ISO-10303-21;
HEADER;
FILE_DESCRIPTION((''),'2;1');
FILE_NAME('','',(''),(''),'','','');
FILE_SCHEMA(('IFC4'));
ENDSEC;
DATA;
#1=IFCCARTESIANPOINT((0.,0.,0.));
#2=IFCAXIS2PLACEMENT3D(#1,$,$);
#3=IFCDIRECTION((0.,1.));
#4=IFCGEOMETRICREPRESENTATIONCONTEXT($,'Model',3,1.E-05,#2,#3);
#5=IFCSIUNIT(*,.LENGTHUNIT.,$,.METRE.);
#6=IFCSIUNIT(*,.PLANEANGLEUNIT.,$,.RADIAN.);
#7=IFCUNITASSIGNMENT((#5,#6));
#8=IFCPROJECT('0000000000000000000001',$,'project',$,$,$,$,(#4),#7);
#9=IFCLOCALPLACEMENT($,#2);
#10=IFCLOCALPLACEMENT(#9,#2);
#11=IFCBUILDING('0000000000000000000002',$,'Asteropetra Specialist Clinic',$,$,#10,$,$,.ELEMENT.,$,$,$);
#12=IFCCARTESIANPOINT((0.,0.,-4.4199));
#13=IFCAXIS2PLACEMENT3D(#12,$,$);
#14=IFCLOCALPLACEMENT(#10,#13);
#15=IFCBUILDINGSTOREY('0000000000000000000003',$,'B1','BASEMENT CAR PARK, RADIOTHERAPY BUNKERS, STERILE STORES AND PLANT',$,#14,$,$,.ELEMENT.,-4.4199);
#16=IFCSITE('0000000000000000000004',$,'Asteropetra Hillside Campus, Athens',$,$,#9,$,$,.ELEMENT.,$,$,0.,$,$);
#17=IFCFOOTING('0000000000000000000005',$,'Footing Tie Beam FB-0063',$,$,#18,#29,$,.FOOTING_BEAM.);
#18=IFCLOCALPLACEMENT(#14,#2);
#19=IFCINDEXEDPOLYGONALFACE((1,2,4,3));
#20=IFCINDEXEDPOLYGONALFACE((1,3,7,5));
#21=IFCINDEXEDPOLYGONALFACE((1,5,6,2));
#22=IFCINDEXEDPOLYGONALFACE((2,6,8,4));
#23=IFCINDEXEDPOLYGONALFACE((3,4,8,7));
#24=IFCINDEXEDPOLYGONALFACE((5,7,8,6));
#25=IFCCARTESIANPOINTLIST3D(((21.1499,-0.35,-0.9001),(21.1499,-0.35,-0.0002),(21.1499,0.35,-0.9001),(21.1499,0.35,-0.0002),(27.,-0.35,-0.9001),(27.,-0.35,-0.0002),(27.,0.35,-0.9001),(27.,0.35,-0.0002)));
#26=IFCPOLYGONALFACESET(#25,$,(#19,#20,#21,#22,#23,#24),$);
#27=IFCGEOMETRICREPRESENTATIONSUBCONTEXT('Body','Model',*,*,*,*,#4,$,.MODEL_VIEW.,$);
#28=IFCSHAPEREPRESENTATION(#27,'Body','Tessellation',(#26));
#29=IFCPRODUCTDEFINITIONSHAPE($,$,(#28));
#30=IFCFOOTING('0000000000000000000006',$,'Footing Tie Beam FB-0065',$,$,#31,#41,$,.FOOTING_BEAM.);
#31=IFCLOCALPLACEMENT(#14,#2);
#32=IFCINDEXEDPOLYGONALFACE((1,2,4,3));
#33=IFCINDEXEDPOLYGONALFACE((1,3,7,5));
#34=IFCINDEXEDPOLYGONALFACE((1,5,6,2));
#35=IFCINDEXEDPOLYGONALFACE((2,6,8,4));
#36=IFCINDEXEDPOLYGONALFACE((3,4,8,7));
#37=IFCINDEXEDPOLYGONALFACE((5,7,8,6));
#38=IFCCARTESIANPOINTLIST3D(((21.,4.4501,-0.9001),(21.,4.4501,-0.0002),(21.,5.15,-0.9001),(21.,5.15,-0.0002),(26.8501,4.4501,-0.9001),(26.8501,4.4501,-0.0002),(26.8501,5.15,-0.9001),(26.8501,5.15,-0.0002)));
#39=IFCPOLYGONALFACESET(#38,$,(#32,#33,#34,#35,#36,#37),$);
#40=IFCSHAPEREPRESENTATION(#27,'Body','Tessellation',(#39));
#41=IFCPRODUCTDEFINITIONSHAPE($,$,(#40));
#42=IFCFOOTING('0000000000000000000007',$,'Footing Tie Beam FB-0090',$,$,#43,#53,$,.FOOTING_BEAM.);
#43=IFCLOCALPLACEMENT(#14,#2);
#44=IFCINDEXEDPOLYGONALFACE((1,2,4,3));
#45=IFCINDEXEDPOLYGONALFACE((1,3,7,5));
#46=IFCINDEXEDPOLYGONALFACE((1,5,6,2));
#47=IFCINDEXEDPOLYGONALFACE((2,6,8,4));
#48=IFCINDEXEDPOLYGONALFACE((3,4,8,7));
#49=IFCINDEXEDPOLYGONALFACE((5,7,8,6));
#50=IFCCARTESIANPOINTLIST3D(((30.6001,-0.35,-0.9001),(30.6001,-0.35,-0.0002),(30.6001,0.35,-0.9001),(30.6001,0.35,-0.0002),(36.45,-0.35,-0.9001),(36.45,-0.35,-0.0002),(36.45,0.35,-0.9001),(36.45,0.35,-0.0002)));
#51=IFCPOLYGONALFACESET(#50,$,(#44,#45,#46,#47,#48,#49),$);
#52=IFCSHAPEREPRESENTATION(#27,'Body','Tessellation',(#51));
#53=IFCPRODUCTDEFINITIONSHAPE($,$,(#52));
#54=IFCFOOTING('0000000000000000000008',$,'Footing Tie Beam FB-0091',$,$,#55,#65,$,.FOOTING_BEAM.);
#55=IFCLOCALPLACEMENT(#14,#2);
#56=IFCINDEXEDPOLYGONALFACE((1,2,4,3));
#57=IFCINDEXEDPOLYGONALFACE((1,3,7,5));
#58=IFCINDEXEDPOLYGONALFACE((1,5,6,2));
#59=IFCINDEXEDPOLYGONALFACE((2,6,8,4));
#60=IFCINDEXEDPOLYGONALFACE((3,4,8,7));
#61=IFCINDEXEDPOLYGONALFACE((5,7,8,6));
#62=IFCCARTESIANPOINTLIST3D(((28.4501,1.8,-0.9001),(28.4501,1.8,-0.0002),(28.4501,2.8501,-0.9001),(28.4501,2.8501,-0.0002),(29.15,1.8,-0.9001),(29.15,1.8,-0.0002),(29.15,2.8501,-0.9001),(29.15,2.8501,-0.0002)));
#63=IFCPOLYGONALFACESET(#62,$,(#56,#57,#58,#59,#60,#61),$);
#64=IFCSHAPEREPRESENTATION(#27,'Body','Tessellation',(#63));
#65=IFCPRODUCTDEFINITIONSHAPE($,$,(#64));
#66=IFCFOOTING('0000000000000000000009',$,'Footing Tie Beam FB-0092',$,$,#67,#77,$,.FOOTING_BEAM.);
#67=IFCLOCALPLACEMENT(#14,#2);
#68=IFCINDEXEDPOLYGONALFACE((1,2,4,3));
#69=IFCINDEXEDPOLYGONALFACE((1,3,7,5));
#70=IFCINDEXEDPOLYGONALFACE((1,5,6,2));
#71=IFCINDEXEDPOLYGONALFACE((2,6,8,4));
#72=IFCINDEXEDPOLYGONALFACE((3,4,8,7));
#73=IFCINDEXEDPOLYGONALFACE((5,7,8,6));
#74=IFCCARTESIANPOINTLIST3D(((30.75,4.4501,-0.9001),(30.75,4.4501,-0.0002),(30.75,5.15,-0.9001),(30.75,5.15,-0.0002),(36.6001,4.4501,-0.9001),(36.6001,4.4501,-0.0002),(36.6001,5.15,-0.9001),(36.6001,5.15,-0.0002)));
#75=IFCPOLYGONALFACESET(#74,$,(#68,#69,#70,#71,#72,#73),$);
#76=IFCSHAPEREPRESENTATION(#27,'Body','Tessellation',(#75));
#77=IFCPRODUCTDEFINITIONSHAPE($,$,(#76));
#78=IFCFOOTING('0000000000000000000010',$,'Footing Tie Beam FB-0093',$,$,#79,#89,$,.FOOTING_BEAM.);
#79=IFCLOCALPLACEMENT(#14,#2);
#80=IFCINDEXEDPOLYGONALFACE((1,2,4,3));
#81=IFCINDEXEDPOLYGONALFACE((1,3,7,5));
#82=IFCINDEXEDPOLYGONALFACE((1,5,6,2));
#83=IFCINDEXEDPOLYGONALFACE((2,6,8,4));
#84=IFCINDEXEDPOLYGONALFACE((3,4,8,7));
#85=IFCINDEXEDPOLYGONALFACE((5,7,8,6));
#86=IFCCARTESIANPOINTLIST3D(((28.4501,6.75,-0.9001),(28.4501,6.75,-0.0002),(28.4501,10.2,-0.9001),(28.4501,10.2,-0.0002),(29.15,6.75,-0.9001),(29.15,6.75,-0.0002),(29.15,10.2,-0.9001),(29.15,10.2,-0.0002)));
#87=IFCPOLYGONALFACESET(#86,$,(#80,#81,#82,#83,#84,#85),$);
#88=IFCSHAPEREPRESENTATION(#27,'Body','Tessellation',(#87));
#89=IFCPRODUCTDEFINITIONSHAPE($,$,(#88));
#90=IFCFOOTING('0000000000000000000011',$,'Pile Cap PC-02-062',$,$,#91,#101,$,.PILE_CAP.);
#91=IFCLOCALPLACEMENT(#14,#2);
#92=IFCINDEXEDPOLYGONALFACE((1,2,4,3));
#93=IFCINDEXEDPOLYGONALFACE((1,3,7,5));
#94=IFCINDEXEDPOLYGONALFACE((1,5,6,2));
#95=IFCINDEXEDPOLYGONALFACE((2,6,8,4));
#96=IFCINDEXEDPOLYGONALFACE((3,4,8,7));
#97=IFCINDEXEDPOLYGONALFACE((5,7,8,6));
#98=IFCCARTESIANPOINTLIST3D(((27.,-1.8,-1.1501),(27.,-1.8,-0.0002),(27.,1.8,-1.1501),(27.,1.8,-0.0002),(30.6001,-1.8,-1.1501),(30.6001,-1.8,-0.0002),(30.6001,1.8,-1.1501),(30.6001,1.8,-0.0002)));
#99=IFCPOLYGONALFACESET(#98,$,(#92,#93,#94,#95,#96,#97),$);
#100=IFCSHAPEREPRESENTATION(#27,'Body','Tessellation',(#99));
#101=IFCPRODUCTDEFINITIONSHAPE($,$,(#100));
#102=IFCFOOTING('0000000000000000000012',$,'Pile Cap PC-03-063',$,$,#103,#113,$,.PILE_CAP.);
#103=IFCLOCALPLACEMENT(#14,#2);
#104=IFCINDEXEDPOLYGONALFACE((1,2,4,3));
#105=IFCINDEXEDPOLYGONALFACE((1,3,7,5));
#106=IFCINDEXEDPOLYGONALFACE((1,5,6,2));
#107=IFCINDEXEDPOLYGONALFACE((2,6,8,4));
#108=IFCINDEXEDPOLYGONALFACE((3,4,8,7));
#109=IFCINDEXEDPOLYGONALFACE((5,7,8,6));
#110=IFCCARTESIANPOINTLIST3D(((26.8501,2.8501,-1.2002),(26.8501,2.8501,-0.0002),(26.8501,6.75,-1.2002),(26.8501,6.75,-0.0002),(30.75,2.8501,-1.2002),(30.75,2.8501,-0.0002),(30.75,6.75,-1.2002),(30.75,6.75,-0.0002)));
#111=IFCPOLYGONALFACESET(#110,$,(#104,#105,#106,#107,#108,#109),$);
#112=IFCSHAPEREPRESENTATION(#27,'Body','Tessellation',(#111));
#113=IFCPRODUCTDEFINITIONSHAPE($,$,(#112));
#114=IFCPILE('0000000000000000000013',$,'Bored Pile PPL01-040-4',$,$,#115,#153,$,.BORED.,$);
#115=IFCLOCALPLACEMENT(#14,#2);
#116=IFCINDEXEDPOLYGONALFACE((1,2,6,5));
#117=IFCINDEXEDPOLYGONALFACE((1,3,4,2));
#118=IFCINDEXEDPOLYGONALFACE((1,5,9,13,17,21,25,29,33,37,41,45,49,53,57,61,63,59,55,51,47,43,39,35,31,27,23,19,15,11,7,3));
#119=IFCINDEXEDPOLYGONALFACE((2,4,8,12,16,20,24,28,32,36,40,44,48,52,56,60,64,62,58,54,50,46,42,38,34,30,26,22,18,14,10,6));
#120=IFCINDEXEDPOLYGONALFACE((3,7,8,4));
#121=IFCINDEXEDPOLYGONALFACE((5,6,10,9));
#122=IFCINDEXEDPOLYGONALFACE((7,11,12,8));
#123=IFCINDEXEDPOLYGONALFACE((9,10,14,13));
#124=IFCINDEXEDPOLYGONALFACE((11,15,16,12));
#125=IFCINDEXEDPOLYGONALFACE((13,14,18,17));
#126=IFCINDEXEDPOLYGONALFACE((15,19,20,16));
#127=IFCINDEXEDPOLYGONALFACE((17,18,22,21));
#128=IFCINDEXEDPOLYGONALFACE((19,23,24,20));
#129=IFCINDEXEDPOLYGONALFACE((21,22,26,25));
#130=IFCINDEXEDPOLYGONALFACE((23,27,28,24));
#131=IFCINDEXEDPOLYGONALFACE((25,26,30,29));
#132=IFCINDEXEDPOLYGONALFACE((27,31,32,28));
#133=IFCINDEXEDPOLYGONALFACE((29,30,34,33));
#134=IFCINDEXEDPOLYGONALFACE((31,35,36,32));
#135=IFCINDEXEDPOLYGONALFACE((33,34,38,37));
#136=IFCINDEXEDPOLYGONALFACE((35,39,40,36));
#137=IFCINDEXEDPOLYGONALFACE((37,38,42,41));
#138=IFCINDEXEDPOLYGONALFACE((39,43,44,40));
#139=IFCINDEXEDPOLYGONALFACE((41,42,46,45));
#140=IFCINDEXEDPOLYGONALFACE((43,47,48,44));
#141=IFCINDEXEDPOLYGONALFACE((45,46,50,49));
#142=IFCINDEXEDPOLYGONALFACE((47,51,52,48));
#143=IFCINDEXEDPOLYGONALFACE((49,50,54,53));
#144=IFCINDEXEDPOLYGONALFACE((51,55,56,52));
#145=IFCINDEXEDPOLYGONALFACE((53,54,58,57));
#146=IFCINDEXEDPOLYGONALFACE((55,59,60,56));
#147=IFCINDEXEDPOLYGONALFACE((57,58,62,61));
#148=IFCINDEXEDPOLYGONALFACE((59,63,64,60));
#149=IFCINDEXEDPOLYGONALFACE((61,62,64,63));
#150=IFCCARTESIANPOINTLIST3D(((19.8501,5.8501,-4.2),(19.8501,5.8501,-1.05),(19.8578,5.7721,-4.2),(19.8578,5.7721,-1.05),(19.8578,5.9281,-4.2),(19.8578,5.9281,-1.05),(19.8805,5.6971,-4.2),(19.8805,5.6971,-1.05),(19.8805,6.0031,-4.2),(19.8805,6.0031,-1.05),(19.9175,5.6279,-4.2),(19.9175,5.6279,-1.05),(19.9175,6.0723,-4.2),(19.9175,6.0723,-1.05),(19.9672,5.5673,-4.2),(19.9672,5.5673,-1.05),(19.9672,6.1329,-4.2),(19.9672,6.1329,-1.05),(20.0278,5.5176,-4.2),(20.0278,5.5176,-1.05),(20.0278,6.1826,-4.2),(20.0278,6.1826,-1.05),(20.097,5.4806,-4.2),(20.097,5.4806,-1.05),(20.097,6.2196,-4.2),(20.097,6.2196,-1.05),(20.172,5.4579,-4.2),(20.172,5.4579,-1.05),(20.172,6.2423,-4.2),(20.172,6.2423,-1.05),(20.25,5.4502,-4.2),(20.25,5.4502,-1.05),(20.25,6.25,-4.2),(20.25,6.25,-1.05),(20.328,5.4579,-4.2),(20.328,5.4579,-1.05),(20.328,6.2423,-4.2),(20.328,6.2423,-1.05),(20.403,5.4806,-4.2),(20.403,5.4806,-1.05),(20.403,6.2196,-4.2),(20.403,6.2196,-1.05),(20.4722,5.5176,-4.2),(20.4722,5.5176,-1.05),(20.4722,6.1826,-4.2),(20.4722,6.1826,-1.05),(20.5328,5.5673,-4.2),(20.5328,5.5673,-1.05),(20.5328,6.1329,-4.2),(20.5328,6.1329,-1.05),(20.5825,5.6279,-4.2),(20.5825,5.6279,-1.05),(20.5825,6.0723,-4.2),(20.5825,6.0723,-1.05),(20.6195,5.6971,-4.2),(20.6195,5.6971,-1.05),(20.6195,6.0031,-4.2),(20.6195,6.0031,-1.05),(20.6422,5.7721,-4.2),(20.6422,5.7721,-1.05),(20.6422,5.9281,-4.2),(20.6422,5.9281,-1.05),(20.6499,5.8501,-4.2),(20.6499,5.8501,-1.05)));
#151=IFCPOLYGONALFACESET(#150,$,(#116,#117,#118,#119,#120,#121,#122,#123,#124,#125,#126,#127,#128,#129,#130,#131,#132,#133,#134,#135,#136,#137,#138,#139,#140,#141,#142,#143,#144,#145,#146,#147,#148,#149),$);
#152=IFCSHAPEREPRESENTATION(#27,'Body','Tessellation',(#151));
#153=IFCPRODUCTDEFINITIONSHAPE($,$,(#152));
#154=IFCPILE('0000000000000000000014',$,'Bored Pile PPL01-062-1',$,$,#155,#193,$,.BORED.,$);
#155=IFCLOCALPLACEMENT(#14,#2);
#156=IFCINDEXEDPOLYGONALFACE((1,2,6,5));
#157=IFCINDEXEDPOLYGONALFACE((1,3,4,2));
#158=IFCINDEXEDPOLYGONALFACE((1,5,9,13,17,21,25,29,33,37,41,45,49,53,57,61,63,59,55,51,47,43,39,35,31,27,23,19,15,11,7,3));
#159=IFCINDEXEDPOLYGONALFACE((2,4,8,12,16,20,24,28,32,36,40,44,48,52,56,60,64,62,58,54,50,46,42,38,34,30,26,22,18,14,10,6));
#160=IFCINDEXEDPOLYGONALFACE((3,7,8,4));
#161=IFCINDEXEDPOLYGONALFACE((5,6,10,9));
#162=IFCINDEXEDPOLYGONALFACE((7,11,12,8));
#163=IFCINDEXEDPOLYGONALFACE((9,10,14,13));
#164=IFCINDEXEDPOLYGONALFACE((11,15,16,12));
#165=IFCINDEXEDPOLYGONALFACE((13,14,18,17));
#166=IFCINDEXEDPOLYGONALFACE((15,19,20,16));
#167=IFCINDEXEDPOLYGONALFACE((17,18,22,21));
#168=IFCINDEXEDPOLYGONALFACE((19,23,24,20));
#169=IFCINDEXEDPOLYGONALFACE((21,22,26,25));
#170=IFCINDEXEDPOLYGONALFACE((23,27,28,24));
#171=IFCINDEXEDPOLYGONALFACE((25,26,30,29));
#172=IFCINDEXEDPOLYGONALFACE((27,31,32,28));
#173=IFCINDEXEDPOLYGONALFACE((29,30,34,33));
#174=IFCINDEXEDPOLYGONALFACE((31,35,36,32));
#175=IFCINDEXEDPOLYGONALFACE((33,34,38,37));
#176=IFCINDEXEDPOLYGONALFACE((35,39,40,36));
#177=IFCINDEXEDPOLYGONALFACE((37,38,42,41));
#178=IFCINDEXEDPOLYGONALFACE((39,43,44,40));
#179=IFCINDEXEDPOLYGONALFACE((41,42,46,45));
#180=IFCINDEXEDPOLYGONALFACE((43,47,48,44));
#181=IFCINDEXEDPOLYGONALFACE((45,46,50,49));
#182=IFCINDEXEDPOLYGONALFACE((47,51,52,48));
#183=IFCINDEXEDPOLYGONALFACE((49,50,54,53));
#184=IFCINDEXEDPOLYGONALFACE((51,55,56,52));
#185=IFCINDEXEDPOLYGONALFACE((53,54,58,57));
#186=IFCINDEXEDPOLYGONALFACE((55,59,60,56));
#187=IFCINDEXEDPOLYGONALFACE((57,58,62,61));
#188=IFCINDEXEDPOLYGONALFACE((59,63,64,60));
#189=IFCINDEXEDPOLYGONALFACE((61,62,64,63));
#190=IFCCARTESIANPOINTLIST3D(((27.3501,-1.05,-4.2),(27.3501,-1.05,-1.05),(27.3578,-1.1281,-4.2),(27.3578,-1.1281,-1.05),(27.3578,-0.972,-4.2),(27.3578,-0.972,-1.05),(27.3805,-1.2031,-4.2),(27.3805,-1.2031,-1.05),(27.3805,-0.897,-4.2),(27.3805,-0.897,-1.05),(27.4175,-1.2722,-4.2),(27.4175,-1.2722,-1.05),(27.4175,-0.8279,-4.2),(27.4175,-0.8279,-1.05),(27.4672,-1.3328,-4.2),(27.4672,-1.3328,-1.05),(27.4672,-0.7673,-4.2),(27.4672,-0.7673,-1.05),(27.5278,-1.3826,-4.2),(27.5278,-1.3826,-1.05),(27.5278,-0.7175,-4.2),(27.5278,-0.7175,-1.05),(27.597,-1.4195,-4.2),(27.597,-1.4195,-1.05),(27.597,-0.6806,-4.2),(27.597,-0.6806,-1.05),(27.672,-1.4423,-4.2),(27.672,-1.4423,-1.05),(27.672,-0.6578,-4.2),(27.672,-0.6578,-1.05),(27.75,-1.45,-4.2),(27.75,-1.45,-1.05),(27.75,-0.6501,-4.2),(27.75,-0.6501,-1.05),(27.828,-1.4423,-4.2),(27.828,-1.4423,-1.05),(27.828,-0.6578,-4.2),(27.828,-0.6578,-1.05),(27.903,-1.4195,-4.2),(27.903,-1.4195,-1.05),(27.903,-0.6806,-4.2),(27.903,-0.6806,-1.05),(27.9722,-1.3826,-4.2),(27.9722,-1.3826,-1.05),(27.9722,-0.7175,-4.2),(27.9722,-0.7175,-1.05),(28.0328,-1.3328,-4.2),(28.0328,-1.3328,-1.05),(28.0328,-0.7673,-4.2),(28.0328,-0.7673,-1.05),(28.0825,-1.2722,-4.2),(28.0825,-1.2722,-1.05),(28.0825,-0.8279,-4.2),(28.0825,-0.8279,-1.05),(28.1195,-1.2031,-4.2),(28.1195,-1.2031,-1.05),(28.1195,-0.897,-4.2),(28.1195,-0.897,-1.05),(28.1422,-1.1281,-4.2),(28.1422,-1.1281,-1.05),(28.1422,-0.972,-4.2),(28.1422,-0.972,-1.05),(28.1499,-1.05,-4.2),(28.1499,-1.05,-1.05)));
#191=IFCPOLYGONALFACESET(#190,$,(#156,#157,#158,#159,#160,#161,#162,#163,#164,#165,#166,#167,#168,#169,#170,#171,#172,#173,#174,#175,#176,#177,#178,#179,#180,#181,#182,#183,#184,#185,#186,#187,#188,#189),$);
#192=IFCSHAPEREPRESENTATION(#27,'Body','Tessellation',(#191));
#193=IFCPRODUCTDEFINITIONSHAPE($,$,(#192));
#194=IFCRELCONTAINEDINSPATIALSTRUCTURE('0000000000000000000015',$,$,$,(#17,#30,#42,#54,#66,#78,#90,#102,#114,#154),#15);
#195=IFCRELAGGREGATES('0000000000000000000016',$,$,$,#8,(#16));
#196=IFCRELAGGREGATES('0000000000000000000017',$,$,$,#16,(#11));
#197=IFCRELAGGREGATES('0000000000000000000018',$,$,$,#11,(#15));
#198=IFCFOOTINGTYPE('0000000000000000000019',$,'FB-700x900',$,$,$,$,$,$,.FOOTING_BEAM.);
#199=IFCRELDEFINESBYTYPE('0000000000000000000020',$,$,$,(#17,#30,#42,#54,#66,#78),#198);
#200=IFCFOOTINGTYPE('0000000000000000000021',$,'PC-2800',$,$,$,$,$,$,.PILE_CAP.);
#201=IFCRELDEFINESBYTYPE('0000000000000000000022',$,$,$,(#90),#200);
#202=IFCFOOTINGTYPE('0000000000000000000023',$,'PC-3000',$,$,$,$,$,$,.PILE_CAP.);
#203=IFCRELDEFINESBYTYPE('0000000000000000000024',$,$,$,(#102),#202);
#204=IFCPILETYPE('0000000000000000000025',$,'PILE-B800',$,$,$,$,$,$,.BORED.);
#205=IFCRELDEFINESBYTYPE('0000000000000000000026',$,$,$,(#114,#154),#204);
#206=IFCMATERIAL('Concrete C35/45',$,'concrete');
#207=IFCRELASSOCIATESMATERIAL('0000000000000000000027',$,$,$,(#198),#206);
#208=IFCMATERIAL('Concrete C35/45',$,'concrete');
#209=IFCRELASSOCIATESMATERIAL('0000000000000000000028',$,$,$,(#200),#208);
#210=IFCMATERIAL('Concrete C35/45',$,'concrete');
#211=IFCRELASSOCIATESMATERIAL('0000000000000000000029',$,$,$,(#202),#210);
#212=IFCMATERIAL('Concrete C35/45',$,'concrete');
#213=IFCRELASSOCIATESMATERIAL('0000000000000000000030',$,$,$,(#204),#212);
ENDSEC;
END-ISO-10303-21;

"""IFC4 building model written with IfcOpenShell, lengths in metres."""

from ifc_helpers import new_model, si_unit, direction, frame, origin, origin_2d, place, context, subcontext, project, spatial, rectangle, circle, extrude, material, material_profile, profile_set, type_object, element, save


model = new_model("IFC4")

# Units and contexts
model_context = context("Model", 3, precision=1e-05, world=origin(), true_north=direction((0.0, 1.0)))
body_context = subcontext(model_context, "Body", "Model", "MODEL_VIEW")
ifc_project = project(units=[si_unit("LENGTHUNIT", "METRE"), si_unit("PLANEANGLEUNIT", "RADIAN")], contexts=[model_context])

# Site, building, storey
site_placement = place(None, origin())
site = spatial("IfcSite", under=ifc_project, at=site_placement, Name="Asteropetra Hillside Campus, Athens", CompositionType="ELEMENT", RefElevation=0.0)
building_placement = place(site_placement, origin())
building = spatial("IfcBuilding", under=site, at=building_placement, Name="Asteropetra Specialist Clinic", CompositionType="ELEMENT")
storey_placement = place(building_placement, frame((0.0, 0.0, -4.4199)))
storey = spatial("IfcBuildingStorey", under=building, at=storey_placement, Name="B1", Description="BASEMENT CAR PARK, RADIOTHERAPY BUNKERS, STERILE STORES AND PLANT", CompositionType="ELEMENT", Elevation=-4.4199)

# Footings
ifc_material_1 = material(Name="Concrete C35/45", Category="concrete")
ifc_material_profile_1 = material_profile(ifc_material_1, rectangle(XDim=0.7, YDim=0.8999, at=origin_2d()), Name="FB 700x900")
ifc_profile_set_1 = profile_set([ifc_material_profile_1], Name="Concrete C35/45")
footing_type_1 = type_object("IfcFootingType", Name="FB-700x900", PredefinedType="FOOTING_BEAM", material=ifc_profile_set_1)
for number, where, z_axis, x_axis, name in (
    (1, (21.1499, 0.0, -0.4502), (1.0, 0.0, 0.0), (0.0, 1.0, 0.0), "Footing Tie Beam FB-0063"),
    (2, (21.0, 4.8, -0.4502), (1.0, 0.0, 0.0), (0.0, 1.0, 0.0), "Footing Tie Beam FB-0065"),
):
    element("IfcFooting", number, at=place(storey_placement, frame(where, z_axis=z_axis, x_axis=x_axis)), inside=storey, type_object=footing_type_1, Name=name, PredefinedType="FOOTING_BEAM", context=body_context, shape_type="SweptSolid", body=[
        extrude(rectangle(XDim=0.7, YDim=0.8999, at=origin_2d()), origin(), (0.0, 0.0, 1.0), 5.8501),
    ])
footing_1_placement = place(storey_placement, frame((30.6001, 0.0, -0.4502), z_axis=(1.0, 0.0, 0.0), x_axis=(0.0, 1.0, 0.0)))
element("IfcFooting", 3, at=footing_1_placement, inside=storey, type_object=footing_type_1, Name="Footing Tie Beam FB-0090", PredefinedType="FOOTING_BEAM", context=body_context, shape_type="SweptSolid", body=[
    extrude(rectangle(XDim=0.7, YDim=0.8999, at=origin_2d()), origin(), (0.0, 0.0, 1.0), 5.8499),
])
footing_2_placement = place(storey_placement, frame((28.8, 1.8, -0.4502), z_axis=(0.0, 1.0, 0.0), x_axis=(-1.0, 0.0, 0.0)))
element("IfcFooting", 4, at=footing_2_placement, inside=storey, type_object=footing_type_1, Name="Footing Tie Beam FB-0091", PredefinedType="FOOTING_BEAM", context=body_context, shape_type="SweptSolid", body=[
    extrude(rectangle(XDim=0.7, YDim=0.8999, at=origin_2d()), origin(), (0.0, 0.0, 1.0), 1.05),
])
footing_3_placement = place(storey_placement, frame((30.75, 4.8, -0.4502), z_axis=(1.0, 0.0, 0.0), x_axis=(0.0, 1.0, 0.0)))
element("IfcFooting", 5, at=footing_3_placement, inside=storey, type_object=footing_type_1, Name="Footing Tie Beam FB-0092", PredefinedType="FOOTING_BEAM", context=body_context, shape_type="SweptSolid", body=[
    extrude(rectangle(XDim=0.7, YDim=0.8999, at=origin_2d()), origin(), (0.0, 0.0, 1.0), 5.8501),
])
footing_4_placement = place(storey_placement, frame((28.8, 6.75, -0.4502), z_axis=(0.0, 1.0, 0.0), x_axis=(-1.0, 0.0, 0.0)))
element("IfcFooting", 6, at=footing_4_placement, inside=storey, type_object=footing_type_1, Name="Footing Tie Beam FB-0093", PredefinedType="FOOTING_BEAM", context=body_context, shape_type="SweptSolid", body=[
    extrude(rectangle(XDim=0.7, YDim=0.8999, at=origin_2d()), origin(), (0.0, 0.0, 1.0), 3.45),
])
ifc_material_2 = material(Name="Concrete C35/45", Category="concrete")
footing_type_2 = type_object("IfcFootingType", Name="PC-2800", PredefinedType="PILE_CAP", material=ifc_material_2)
footing_5_placement = place(storey_placement, frame((28.8, 0.0, -1.1501), z_axis=(0.0, 0.0, 1.0), x_axis=(1.0, 0.0, 0.0)))
element("IfcFooting", 7, at=footing_5_placement, inside=storey, type_object=footing_type_2, Name="Pile Cap PC-02-062", PredefinedType="PILE_CAP", context=body_context, shape_type="SweptSolid", body=[
    extrude(rectangle(XDim=3.6001, YDim=3.6001, at=origin_2d()), origin(), (0.0, 0.0, 1.0), 1.1499),
])
ifc_material_3 = material(Name="Concrete C35/45", Category="concrete")
footing_type_3 = type_object("IfcFootingType", Name="PC-3000", PredefinedType="PILE_CAP", material=ifc_material_3)
footing_6_placement = place(storey_placement, frame((28.8, 4.8, -1.2002), z_axis=(0.0, 0.0, 1.0), x_axis=(1.0, 0.0, 0.0)))
element("IfcFooting", 8, at=footing_6_placement, inside=storey, type_object=footing_type_3, Name="Pile Cap PC-03-063", PredefinedType="PILE_CAP", context=body_context, shape_type="SweptSolid", body=[
    extrude(rectangle(XDim=3.8999, YDim=3.8999, at=origin_2d()), origin(), (0.0, 0.0, 1.0), 1.2),
])

# Piles
ifc_material_4 = material(Name="Concrete C35/45", Category="concrete")
ifc_material_profile_2 = material_profile(ifc_material_4, circle(Radius=0.3999, at=origin_2d()), Name="PILE D800")
ifc_profile_set_2 = profile_set([ifc_material_profile_2], Name="Concrete C35/45")
pile_type_1 = type_object("IfcPileType", Name="PILE-B800", PredefinedType="BORED", material=ifc_profile_set_2)
for number, where, z_axis, x_axis, name in (
    (9, (20.25, 5.8501, -1.05), (0.0, 0.0, -1.0), (1.0, 0.0, 0.0), "Bored Pile PPL01-040-4"),
    (10, (27.75, -1.05, -1.05), (0.0, 0.0, -1.0), (1.0, 0.0, 0.0), "Bored Pile PPL01-062-1"),
):
    element("IfcPile", number, at=place(storey_placement, frame(where, z_axis=z_axis, x_axis=x_axis)), inside=storey, type_object=pile_type_1, Name=name, PredefinedType="BORED", context=body_context, shape_type="SweptSolid", body=[
        extrude(circle(Radius=0.3999, at=origin_2d()), origin(), (0.0, 0.0, 1.0), 3.1499),
    ])

save(model, "model.ifc")
